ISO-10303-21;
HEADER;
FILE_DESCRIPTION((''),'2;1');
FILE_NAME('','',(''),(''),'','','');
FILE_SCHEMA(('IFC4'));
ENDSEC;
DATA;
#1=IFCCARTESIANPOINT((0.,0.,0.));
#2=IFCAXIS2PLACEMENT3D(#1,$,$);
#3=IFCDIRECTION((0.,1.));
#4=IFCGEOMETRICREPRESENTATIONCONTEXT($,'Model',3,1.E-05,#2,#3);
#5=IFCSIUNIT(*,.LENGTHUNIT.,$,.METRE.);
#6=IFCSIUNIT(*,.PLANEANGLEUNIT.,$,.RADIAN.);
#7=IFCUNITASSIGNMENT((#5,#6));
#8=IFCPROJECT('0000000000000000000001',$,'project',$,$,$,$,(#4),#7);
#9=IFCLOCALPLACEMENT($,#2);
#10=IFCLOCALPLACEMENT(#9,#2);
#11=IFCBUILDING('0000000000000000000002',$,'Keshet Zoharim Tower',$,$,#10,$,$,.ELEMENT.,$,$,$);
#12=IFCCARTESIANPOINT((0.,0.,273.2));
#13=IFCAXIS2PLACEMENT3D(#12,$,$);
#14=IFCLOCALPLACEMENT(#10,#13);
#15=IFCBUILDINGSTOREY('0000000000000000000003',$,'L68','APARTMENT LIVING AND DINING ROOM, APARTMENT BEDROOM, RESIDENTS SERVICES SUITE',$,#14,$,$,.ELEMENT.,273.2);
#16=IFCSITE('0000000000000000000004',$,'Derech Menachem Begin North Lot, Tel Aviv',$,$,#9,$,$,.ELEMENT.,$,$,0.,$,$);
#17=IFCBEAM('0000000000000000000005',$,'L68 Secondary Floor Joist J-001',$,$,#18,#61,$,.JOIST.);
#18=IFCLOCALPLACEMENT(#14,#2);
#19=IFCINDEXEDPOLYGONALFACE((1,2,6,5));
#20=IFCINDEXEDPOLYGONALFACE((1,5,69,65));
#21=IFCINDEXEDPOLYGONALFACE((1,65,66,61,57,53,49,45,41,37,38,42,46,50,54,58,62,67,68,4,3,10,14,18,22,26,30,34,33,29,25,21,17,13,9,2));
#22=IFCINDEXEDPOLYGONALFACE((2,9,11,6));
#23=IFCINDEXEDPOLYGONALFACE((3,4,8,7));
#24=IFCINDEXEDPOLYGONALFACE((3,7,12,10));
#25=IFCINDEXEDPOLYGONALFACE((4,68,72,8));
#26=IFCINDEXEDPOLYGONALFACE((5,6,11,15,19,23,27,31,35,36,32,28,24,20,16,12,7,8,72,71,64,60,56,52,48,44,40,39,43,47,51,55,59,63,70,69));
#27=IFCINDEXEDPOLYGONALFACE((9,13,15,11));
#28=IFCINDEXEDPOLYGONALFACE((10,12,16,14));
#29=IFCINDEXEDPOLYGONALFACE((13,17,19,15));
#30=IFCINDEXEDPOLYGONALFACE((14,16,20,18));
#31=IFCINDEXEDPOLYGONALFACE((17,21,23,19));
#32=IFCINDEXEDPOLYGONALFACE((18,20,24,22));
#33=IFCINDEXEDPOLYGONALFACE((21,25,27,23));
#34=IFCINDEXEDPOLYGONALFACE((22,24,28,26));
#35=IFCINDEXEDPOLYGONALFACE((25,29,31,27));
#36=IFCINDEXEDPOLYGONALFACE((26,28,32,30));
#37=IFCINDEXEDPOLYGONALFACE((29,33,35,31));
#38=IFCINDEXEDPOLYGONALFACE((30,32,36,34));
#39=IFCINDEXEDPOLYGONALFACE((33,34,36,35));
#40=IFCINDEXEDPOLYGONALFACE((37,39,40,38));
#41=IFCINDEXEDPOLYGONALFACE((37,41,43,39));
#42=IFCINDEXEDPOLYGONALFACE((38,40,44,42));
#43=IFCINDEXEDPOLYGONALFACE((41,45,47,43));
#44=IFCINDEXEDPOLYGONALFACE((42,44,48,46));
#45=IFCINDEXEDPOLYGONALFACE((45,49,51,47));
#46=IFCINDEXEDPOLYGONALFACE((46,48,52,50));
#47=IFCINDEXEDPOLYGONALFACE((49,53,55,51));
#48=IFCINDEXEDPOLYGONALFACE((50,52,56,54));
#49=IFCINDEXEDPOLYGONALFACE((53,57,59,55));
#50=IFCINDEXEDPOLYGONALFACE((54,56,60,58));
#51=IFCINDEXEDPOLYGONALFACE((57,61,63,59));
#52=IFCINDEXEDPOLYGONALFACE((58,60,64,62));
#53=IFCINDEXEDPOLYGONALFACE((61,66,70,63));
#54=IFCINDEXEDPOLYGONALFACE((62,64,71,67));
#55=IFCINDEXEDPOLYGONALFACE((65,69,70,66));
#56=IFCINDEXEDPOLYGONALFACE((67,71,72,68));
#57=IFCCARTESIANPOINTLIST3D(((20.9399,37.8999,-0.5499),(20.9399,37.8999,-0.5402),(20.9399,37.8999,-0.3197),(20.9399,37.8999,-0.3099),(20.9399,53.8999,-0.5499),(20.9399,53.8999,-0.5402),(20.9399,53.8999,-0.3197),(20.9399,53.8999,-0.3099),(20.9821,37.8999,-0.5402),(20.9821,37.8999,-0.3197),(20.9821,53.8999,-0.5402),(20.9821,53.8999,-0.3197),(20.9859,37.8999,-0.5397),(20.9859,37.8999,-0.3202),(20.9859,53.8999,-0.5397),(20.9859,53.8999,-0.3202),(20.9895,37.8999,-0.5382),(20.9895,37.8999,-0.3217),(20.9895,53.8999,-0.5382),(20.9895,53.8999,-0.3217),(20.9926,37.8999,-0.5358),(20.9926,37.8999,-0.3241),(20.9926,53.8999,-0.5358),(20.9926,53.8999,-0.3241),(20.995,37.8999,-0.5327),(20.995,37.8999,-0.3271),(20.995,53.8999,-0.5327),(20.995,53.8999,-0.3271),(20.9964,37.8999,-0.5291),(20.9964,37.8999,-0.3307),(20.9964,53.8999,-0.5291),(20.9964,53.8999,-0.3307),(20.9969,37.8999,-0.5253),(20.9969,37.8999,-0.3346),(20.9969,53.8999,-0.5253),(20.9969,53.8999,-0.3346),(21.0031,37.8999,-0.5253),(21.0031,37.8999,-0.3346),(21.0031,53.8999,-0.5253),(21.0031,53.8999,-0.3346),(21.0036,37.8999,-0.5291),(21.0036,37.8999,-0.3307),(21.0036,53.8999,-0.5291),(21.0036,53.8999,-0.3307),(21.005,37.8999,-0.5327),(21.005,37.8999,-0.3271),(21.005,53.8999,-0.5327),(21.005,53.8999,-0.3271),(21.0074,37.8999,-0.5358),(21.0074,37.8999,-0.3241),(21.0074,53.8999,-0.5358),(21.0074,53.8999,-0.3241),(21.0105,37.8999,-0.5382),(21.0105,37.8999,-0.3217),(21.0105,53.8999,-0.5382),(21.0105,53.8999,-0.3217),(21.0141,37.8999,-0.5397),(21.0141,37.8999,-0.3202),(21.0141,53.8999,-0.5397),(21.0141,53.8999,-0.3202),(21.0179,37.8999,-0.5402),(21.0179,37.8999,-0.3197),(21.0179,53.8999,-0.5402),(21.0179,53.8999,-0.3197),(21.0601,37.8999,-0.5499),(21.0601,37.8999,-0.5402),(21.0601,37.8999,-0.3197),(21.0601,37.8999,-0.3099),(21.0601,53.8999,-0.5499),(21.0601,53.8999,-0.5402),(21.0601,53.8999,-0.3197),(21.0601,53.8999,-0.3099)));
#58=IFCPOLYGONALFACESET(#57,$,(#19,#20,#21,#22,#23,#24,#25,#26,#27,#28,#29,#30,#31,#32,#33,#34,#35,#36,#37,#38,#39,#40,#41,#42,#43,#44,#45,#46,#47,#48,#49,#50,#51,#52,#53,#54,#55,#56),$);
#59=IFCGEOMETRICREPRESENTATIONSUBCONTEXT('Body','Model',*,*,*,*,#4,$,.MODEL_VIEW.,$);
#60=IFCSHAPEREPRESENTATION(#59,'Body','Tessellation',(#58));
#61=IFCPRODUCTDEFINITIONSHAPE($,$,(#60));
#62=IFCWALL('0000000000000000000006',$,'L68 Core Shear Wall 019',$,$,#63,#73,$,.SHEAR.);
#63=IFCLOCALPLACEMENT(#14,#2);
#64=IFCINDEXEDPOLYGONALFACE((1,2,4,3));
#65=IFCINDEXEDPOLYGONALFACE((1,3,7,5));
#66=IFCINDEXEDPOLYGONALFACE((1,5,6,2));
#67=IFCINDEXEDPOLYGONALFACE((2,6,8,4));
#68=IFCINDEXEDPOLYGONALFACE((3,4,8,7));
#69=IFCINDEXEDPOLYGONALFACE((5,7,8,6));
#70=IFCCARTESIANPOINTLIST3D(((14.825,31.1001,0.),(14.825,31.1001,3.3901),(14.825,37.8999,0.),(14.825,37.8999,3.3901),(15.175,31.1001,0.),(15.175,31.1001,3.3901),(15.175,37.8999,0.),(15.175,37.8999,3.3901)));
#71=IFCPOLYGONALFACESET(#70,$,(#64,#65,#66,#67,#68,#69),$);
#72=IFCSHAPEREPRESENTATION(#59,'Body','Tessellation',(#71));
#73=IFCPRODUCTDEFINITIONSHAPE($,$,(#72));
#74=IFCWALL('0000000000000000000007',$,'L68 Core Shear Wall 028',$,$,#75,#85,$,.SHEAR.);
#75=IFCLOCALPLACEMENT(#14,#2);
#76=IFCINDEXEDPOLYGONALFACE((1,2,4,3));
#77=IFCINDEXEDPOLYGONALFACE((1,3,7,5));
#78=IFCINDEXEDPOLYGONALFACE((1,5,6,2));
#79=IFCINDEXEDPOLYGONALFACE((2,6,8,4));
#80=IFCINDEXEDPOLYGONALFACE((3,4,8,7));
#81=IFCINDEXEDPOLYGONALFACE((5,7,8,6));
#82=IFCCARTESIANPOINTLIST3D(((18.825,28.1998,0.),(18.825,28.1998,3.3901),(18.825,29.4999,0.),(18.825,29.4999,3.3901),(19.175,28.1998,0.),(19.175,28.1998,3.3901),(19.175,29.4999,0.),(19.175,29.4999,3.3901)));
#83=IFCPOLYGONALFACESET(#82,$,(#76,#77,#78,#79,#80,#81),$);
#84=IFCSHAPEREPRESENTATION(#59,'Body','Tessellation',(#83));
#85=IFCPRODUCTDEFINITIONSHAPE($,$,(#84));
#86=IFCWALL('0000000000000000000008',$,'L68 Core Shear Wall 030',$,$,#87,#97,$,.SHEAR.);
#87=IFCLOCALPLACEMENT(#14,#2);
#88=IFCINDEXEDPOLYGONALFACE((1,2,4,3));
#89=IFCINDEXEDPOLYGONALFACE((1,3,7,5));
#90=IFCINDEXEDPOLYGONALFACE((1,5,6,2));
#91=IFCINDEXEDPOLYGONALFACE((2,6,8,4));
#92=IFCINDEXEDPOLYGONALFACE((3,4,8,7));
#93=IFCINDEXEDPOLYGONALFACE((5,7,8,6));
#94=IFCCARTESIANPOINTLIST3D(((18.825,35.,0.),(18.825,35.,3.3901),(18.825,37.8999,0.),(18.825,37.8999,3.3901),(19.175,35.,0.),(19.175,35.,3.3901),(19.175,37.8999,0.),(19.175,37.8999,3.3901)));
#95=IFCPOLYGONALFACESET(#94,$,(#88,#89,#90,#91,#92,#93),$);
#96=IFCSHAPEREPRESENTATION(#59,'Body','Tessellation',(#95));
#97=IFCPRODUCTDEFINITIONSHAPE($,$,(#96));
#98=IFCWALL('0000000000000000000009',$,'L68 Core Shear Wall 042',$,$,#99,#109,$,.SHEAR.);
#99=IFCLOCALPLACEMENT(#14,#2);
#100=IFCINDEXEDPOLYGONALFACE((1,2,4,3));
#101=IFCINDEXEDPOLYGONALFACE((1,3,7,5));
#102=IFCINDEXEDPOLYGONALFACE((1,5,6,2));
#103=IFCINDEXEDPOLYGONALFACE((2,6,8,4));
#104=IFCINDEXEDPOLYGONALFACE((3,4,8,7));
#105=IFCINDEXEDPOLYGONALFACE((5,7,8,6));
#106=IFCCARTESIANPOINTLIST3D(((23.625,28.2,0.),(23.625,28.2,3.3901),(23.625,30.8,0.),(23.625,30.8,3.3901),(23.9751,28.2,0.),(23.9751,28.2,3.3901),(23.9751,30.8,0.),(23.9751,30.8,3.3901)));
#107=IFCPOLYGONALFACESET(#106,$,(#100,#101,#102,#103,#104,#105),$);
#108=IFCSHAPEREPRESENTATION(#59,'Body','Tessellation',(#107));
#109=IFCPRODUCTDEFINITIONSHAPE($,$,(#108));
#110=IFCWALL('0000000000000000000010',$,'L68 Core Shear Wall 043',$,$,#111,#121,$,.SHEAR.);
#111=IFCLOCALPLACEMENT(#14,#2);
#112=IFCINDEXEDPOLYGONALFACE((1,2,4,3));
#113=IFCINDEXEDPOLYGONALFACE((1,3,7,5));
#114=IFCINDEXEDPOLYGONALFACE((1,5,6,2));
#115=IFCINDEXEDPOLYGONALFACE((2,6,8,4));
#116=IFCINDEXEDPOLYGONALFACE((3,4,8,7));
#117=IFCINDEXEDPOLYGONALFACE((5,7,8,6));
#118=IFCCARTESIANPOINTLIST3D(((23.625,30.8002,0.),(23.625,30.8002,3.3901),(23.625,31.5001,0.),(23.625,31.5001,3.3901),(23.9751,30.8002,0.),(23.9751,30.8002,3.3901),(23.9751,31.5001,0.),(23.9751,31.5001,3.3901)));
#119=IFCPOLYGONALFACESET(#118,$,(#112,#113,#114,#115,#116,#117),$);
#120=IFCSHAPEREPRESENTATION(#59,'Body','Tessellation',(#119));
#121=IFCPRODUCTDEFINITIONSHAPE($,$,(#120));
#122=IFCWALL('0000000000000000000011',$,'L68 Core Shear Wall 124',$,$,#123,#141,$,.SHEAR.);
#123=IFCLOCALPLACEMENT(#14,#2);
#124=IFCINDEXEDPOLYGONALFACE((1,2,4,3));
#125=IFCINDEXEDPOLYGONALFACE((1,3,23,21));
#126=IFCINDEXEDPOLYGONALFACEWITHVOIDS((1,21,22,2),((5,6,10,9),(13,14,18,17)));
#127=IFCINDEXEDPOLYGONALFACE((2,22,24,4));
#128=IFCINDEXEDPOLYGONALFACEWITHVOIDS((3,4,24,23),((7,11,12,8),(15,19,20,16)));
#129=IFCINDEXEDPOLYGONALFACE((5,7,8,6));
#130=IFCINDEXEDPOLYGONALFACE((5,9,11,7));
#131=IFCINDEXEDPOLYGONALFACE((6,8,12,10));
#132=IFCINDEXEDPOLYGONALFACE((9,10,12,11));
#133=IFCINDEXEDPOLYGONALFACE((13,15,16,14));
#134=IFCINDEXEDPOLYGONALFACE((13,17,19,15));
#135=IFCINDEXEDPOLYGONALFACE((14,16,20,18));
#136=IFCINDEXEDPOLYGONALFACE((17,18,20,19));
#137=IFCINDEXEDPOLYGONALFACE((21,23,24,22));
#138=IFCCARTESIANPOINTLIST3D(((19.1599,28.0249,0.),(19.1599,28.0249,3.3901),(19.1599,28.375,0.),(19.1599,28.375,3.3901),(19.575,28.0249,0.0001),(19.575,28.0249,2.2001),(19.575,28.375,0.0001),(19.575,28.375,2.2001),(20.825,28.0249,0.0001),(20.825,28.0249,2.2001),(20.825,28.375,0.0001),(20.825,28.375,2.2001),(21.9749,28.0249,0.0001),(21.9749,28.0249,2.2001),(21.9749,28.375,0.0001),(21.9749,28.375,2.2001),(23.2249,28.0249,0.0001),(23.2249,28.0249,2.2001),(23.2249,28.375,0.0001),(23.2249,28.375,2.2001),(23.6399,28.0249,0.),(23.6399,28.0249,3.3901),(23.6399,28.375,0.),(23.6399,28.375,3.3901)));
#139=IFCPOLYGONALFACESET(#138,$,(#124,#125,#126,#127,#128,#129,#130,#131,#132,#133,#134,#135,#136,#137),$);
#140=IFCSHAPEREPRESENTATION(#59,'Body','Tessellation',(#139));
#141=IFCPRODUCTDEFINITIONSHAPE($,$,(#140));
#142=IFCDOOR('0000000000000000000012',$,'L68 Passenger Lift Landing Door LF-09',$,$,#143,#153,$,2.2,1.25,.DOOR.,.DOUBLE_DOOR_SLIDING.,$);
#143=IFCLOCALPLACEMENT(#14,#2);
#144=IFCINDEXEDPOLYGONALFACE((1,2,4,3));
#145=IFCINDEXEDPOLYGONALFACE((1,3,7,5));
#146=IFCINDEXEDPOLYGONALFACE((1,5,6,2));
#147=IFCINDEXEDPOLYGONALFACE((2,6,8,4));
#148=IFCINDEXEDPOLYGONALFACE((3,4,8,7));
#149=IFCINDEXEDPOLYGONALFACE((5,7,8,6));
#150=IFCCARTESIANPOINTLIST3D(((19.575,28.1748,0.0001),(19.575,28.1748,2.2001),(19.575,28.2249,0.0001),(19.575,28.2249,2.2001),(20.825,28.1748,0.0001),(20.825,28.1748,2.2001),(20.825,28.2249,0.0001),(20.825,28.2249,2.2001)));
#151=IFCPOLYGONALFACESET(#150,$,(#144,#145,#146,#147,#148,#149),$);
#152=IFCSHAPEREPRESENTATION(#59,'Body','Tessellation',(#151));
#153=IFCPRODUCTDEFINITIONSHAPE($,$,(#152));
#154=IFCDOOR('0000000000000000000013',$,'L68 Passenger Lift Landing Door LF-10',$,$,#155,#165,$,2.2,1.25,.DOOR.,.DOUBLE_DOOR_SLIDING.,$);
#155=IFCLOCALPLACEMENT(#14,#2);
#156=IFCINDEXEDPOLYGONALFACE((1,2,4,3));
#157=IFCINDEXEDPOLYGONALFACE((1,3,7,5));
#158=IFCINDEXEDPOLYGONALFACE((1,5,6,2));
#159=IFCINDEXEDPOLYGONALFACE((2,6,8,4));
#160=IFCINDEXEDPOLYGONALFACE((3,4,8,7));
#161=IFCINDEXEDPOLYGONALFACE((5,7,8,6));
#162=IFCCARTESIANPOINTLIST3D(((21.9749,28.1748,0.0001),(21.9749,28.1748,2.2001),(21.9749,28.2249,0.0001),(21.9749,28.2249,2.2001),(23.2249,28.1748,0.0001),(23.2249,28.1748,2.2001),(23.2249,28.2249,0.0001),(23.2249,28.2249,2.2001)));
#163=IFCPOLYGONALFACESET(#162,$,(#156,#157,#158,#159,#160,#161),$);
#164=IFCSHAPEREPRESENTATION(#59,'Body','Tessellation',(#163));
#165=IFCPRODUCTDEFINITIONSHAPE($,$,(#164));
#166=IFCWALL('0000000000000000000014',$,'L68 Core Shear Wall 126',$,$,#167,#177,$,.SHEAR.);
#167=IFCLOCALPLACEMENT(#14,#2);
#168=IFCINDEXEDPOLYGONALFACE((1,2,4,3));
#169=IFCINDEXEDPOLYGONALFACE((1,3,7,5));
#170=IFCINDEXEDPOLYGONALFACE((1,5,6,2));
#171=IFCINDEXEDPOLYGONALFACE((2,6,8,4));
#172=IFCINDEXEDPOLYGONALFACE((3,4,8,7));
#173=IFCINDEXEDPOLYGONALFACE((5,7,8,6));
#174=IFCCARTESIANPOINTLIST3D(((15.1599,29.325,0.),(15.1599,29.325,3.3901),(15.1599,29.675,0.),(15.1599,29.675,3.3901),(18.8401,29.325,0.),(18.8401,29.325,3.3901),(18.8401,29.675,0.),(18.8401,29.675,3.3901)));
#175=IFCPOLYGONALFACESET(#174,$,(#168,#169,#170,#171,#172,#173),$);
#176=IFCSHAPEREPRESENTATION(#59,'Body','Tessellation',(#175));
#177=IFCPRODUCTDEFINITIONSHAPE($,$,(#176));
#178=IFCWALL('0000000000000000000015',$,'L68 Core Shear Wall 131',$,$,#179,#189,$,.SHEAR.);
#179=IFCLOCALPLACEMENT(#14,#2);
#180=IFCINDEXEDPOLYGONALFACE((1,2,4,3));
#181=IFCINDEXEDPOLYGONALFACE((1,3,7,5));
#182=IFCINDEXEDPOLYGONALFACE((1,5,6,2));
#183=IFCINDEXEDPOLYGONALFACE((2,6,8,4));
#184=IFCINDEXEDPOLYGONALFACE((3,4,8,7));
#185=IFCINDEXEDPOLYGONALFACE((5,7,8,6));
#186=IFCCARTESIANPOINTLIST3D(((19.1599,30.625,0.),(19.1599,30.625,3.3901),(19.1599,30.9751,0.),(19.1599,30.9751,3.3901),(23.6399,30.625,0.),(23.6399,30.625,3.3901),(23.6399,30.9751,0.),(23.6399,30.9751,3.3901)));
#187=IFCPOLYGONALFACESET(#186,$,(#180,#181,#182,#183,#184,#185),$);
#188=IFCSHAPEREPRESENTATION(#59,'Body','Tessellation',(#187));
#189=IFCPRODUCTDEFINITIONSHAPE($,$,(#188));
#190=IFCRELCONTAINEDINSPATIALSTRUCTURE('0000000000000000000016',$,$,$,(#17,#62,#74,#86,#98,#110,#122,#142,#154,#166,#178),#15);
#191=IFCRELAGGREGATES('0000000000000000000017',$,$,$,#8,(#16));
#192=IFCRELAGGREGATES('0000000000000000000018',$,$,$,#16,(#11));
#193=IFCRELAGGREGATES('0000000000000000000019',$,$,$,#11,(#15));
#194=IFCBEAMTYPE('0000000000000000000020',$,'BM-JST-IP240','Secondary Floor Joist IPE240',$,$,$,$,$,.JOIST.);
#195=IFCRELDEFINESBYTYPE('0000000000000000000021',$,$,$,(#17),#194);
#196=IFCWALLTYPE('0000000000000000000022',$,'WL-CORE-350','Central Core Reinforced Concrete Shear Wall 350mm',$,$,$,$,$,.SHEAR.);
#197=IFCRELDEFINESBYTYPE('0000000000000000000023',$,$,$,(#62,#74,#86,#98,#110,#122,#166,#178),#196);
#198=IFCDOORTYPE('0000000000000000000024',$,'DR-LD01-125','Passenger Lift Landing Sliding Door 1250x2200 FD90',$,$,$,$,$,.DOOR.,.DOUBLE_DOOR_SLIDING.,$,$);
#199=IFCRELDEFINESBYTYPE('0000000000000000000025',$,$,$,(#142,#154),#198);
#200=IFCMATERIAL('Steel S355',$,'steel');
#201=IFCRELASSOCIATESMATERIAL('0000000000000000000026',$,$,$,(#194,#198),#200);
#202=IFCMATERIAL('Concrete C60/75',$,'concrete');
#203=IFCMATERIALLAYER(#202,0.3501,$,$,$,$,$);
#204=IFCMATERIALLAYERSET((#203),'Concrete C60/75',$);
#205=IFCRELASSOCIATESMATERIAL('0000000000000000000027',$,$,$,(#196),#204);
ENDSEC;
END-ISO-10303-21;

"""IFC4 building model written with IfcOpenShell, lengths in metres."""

from ifc_helpers import new_model, si_unit, direction, frame, frame_2d, origin, origin_2d, place, context, subcontext, project, spatial, rectangle, i_section, extrude, material, layer, layer_set, material_profile, profile_set, type_object, element, fill, save


model = new_model("IFC4")

# Units and contexts
model_context = context("Model", 3, precision=1e-05, world=origin(), true_north=direction((0.0, 1.0)))
body_context = subcontext(model_context, "Body", "Model", "MODEL_VIEW")
ifc_project = project(units=[si_unit("LENGTHUNIT", "METRE"), si_unit("PLANEANGLEUNIT", "RADIAN")], contexts=[model_context])

# Site, building, storey
site_placement = place(None, origin())
site = spatial("IfcSite", under=ifc_project, at=site_placement, Name="Derech Menachem Begin North Lot, Tel Aviv", CompositionType="ELEMENT", RefElevation=0.0)
building_placement = place(site_placement, origin())
building = spatial("IfcBuilding", under=site, at=building_placement, Name="Keshet Zoharim Tower", CompositionType="ELEMENT")
storey_placement = place(building_placement, frame((0.0, 0.0, 273.2)))
storey = spatial("IfcBuildingStorey", under=building, at=storey_placement, Name="L68", Description="APARTMENT LIVING AND DINING ROOM, APARTMENT BEDROOM, RESIDENTS SERVICES SUITE", CompositionType="ELEMENT", Elevation=273.2)

# Beam
ifc_material_1 = material(Name="Steel S355", Category="steel")
ifc_material_profile = material_profile(ifc_material_1, i_section(OverallWidth=0.1201, OverallDepth=0.24, WebThickness=0.0061, FlangeThickness=0.0098, FilletRadius=0.0149, at=origin_2d()), Name="IPE240")
ifc_profile_set = profile_set([ifc_material_profile], Name="Steel S355")
beam_type = type_object("IfcBeamType", Name="BM-JST-IP240", Description="Secondary Floor Joist IPE240", PredefinedType="JOIST", material=ifc_profile_set)
beam_placement = place(storey_placement, frame((21.0, 37.8999, -0.4299), z_axis=(0.0, 1.0, 0.0), x_axis=(-1.0, 0.0, 0.0)))
element("IfcBeam", 1, at=beam_placement, inside=storey, type_object=beam_type, Name="L68 Secondary Floor Joist J-001", PredefinedType="JOIST", context=body_context, shape_type="SweptSolid", body=[
    extrude(i_section(OverallWidth=0.1201, OverallDepth=0.24, WebThickness=0.0061, FlangeThickness=0.0098, FilletRadius=0.0149, at=origin_2d()), origin(), (0.0, 0.0, 1.0), 16.0),
])

# Walls
ifc_material_2 = material(Name="Concrete C60/75", Category="concrete")
ifc_layer_1 = layer(ifc_material_2, 0.3501)
ifc_layer_set_1 = layer_set([ifc_layer_1], Name="Concrete C60/75")
wall_type_1 = type_object("IfcWallType", Name="WL-CORE-350", Description="Central Core Reinforced Concrete Shear Wall 350mm", PredefinedType="SHEAR", material=ifc_layer_set_1)
wall_1_placement = place(storey_placement, frame((15.0, 31.1001, 0.0), z_axis=(0.0, 0.0, 1.0), x_axis=(0.0, 1.0, 0.0)))
element("IfcWall", 2, at=wall_1_placement, inside=storey, type_object=wall_type_1, Name="L68 Core Shear Wall 019", PredefinedType="SHEAR", context=body_context, shape_type="SweptSolid", body=[
    extrude(rectangle(XDim=6.7998, YDim=0.3501, at=frame_2d((3.3999, 0.0))), origin(), (0.0, 0.0, 1.0), 3.3901),
])
wall_2_placement = place(storey_placement, frame((19.0, 28.2, 0.0), z_axis=(0.0, 0.0, 1.0), x_axis=(0.0, 1.0, 0.0)))
element("IfcWall", 3, at=wall_2_placement, inside=storey, type_object=wall_type_1, Name="L68 Core Shear Wall 028", PredefinedType="SHEAR", context=body_context, shape_type="SweptSolid", body=[
    extrude(rectangle(XDim=1.3, YDim=0.3501, at=frame_2d((0.6499, 0.0))), origin(), (0.0, 0.0, 1.0), 3.3901),
])

# Walls
wall_3_placement = place(storey_placement, frame((19.0, 35.0, 0.0), z_axis=(0.0, 0.0, 1.0), x_axis=(0.0, 1.0, 0.0)))
element("IfcWall", 4, at=wall_3_placement, inside=storey, type_object=wall_type_1, Name="L68 Core Shear Wall 030", PredefinedType="SHEAR", context=body_context, shape_type="SweptSolid", body=[
    extrude(rectangle(XDim=2.8999, YDim=0.3501, at=frame_2d((1.45, 0.0))), origin(), (0.0, 0.0, 1.0), 3.3901),
])
wall_4_placement = place(storey_placement, frame((23.8, 28.2, 0.0), z_axis=(0.0, 0.0, 1.0), x_axis=(0.0, 1.0, 0.0)))
element("IfcWall", 5, at=wall_4_placement, inside=storey, type_object=wall_type_1, Name="L68 Core Shear Wall 042", PredefinedType="SHEAR", context=body_context, shape_type="SweptSolid", body=[
    extrude(rectangle(XDim=2.6001, YDim=0.3501, at=frame_2d((1.3, 0.0))), origin(), (0.0, 0.0, 1.0), 3.3901),
])
wall_5_placement = place(storey_placement, frame((23.8, 30.8, 0.0), z_axis=(0.0, 0.0, 1.0), x_axis=(0.0, 1.0, 0.0)))
element("IfcWall", 6, at=wall_5_placement, inside=storey, type_object=wall_type_1, Name="L68 Core Shear Wall 043", PredefinedType="SHEAR", context=body_context, shape_type="SweptSolid", body=[
    extrude(rectangle(XDim=0.7, YDim=0.3501, at=frame_2d((0.3501, 0.0))), origin(), (0.0, 0.0, 1.0), 3.3901),
])

# Wall, openings, doors
wall_6_placement = place(storey_placement, frame((19.1599, 28.2, 0.0), z_axis=(0.0, 0.0, 1.0), x_axis=(1.0, 0.0, 0.0)))
wall_6 = element("IfcWall", 7, at=wall_6_placement, inside=storey, type_object=wall_type_1, Name="L68 Core Shear Wall 124", PredefinedType="SHEAR", context=body_context, shape_type="SweptSolid", body=[
    extrude(rectangle(XDim=4.48, YDim=0.3501, at=frame_2d((2.24, 0.0))), origin(), (0.0, 0.0, 1.0), 3.3901),
])
opening_1_placement = place(wall_6_placement, frame((0.415, 0.0, 0.0)))
opening_1 = element("IfcOpeningElement", 8, at=opening_1_placement, cuts=wall_6, PredefinedType="OPENING", context=body_context, shape_type="SweptSolid", body=[
    extrude(rectangle(XDim=1.25, YDim=2.2, at=frame_2d((0.625, 1.1001))), frame((0.0, 0.1851, 0.0), z_axis=(0.0, -1.0, 0.0), x_axis=(1.0, 0.0, 0.0)), (0.0, 0.0, 1.0), 0.3701),
])
opening_2_placement = place(wall_6_placement, frame((2.8149, 0.0, 0.0)))
opening_2 = element("IfcOpeningElement", 9, at=opening_2_placement, cuts=wall_6, PredefinedType="OPENING", context=body_context, shape_type="SweptSolid", body=[
    extrude(rectangle(XDim=1.25, YDim=2.2, at=frame_2d((0.625, 1.1001))), frame((0.0, 0.1851, 0.0), z_axis=(0.0, -1.0, 0.0), x_axis=(1.0, 0.0, 0.0)), (0.0, 0.0, 1.0), 0.3701),
])
door_type_1 = type_object("IfcDoorType", Name="DR-LD01-125", Description="Passenger Lift Landing Sliding Door 1250x2200 FD90", OperationType="DOUBLE_DOOR_SLIDING", PredefinedType="DOOR", material=ifc_material_1)
door_1_placement = place(opening_1_placement, origin())
door_1 = element("IfcDoor", 10, at=door_1_placement, inside=storey, type_object=door_type_1, Name="L68 Passenger Lift Landing Door LF-09", OperationType="DOUBLE_DOOR_SLIDING", OverallHeight=2.2, OverallWidth=1.25, PredefinedType="DOOR", context=body_context, shape_type="SweptSolid", body=[
    extrude(rectangle(XDim=1.25, YDim=2.2, at=frame_2d((0.625, 1.1001))), frame((0.0, 0.0249, 0.0), z_axis=(0.0, -1.0, 0.0), x_axis=(1.0, 0.0, 0.0)), (0.0, 0.0, 1.0), 0.05),
])
fill(opening_1, door_1)
door_2_placement = place(opening_2_placement, origin())
door_2 = element("IfcDoor", 11, at=door_2_placement, inside=storey, type_object=door_type_1, Name="L68 Passenger Lift Landing Door LF-10", OperationType="DOUBLE_DOOR_SLIDING", OverallHeight=2.2, OverallWidth=1.25, PredefinedType="DOOR", context=body_context, shape_type="SweptSolid", body=[
    extrude(rectangle(XDim=1.25, YDim=2.2, at=frame_2d((0.625, 1.1001))), frame((0.0, 0.0249, 0.0), z_axis=(0.0, -1.0, 0.0), x_axis=(1.0, 0.0, 0.0)), (0.0, 0.0, 1.0), 0.05),
])
fill(opening_2, door_2)

# Walls
wall_7_placement = place(storey_placement, frame((15.1599, 29.5, 0.0), z_axis=(0.0, 0.0, 1.0), x_axis=(1.0, 0.0, 0.0)))
element("IfcWall", 12, at=wall_7_placement, inside=storey, type_object=wall_type_1, Name="L68 Core Shear Wall 126", PredefinedType="SHEAR", context=body_context, shape_type="SweptSolid", body=[
    extrude(rectangle(XDim=3.6802, YDim=0.3501, at=frame_2d((1.8401, 0.0))), origin(), (0.0, 0.0, 1.0), 3.3901),
])
wall_8_placement = place(storey_placement, frame((19.1599, 30.8, 0.0), z_axis=(0.0, 0.0, 1.0), x_axis=(1.0, 0.0, 0.0)))
element("IfcWall", 13, at=wall_8_placement, inside=storey, type_object=wall_type_1, Name="L68 Core Shear Wall 131", PredefinedType="SHEAR", context=body_context, shape_type="SweptSolid", body=[
    extrude(rectangle(XDim=4.48, YDim=0.3501, at=frame_2d((2.24, 0.0))), origin(), (0.0, 0.0, 1.0), 3.3901),
])

save(model, "model.ifc")
